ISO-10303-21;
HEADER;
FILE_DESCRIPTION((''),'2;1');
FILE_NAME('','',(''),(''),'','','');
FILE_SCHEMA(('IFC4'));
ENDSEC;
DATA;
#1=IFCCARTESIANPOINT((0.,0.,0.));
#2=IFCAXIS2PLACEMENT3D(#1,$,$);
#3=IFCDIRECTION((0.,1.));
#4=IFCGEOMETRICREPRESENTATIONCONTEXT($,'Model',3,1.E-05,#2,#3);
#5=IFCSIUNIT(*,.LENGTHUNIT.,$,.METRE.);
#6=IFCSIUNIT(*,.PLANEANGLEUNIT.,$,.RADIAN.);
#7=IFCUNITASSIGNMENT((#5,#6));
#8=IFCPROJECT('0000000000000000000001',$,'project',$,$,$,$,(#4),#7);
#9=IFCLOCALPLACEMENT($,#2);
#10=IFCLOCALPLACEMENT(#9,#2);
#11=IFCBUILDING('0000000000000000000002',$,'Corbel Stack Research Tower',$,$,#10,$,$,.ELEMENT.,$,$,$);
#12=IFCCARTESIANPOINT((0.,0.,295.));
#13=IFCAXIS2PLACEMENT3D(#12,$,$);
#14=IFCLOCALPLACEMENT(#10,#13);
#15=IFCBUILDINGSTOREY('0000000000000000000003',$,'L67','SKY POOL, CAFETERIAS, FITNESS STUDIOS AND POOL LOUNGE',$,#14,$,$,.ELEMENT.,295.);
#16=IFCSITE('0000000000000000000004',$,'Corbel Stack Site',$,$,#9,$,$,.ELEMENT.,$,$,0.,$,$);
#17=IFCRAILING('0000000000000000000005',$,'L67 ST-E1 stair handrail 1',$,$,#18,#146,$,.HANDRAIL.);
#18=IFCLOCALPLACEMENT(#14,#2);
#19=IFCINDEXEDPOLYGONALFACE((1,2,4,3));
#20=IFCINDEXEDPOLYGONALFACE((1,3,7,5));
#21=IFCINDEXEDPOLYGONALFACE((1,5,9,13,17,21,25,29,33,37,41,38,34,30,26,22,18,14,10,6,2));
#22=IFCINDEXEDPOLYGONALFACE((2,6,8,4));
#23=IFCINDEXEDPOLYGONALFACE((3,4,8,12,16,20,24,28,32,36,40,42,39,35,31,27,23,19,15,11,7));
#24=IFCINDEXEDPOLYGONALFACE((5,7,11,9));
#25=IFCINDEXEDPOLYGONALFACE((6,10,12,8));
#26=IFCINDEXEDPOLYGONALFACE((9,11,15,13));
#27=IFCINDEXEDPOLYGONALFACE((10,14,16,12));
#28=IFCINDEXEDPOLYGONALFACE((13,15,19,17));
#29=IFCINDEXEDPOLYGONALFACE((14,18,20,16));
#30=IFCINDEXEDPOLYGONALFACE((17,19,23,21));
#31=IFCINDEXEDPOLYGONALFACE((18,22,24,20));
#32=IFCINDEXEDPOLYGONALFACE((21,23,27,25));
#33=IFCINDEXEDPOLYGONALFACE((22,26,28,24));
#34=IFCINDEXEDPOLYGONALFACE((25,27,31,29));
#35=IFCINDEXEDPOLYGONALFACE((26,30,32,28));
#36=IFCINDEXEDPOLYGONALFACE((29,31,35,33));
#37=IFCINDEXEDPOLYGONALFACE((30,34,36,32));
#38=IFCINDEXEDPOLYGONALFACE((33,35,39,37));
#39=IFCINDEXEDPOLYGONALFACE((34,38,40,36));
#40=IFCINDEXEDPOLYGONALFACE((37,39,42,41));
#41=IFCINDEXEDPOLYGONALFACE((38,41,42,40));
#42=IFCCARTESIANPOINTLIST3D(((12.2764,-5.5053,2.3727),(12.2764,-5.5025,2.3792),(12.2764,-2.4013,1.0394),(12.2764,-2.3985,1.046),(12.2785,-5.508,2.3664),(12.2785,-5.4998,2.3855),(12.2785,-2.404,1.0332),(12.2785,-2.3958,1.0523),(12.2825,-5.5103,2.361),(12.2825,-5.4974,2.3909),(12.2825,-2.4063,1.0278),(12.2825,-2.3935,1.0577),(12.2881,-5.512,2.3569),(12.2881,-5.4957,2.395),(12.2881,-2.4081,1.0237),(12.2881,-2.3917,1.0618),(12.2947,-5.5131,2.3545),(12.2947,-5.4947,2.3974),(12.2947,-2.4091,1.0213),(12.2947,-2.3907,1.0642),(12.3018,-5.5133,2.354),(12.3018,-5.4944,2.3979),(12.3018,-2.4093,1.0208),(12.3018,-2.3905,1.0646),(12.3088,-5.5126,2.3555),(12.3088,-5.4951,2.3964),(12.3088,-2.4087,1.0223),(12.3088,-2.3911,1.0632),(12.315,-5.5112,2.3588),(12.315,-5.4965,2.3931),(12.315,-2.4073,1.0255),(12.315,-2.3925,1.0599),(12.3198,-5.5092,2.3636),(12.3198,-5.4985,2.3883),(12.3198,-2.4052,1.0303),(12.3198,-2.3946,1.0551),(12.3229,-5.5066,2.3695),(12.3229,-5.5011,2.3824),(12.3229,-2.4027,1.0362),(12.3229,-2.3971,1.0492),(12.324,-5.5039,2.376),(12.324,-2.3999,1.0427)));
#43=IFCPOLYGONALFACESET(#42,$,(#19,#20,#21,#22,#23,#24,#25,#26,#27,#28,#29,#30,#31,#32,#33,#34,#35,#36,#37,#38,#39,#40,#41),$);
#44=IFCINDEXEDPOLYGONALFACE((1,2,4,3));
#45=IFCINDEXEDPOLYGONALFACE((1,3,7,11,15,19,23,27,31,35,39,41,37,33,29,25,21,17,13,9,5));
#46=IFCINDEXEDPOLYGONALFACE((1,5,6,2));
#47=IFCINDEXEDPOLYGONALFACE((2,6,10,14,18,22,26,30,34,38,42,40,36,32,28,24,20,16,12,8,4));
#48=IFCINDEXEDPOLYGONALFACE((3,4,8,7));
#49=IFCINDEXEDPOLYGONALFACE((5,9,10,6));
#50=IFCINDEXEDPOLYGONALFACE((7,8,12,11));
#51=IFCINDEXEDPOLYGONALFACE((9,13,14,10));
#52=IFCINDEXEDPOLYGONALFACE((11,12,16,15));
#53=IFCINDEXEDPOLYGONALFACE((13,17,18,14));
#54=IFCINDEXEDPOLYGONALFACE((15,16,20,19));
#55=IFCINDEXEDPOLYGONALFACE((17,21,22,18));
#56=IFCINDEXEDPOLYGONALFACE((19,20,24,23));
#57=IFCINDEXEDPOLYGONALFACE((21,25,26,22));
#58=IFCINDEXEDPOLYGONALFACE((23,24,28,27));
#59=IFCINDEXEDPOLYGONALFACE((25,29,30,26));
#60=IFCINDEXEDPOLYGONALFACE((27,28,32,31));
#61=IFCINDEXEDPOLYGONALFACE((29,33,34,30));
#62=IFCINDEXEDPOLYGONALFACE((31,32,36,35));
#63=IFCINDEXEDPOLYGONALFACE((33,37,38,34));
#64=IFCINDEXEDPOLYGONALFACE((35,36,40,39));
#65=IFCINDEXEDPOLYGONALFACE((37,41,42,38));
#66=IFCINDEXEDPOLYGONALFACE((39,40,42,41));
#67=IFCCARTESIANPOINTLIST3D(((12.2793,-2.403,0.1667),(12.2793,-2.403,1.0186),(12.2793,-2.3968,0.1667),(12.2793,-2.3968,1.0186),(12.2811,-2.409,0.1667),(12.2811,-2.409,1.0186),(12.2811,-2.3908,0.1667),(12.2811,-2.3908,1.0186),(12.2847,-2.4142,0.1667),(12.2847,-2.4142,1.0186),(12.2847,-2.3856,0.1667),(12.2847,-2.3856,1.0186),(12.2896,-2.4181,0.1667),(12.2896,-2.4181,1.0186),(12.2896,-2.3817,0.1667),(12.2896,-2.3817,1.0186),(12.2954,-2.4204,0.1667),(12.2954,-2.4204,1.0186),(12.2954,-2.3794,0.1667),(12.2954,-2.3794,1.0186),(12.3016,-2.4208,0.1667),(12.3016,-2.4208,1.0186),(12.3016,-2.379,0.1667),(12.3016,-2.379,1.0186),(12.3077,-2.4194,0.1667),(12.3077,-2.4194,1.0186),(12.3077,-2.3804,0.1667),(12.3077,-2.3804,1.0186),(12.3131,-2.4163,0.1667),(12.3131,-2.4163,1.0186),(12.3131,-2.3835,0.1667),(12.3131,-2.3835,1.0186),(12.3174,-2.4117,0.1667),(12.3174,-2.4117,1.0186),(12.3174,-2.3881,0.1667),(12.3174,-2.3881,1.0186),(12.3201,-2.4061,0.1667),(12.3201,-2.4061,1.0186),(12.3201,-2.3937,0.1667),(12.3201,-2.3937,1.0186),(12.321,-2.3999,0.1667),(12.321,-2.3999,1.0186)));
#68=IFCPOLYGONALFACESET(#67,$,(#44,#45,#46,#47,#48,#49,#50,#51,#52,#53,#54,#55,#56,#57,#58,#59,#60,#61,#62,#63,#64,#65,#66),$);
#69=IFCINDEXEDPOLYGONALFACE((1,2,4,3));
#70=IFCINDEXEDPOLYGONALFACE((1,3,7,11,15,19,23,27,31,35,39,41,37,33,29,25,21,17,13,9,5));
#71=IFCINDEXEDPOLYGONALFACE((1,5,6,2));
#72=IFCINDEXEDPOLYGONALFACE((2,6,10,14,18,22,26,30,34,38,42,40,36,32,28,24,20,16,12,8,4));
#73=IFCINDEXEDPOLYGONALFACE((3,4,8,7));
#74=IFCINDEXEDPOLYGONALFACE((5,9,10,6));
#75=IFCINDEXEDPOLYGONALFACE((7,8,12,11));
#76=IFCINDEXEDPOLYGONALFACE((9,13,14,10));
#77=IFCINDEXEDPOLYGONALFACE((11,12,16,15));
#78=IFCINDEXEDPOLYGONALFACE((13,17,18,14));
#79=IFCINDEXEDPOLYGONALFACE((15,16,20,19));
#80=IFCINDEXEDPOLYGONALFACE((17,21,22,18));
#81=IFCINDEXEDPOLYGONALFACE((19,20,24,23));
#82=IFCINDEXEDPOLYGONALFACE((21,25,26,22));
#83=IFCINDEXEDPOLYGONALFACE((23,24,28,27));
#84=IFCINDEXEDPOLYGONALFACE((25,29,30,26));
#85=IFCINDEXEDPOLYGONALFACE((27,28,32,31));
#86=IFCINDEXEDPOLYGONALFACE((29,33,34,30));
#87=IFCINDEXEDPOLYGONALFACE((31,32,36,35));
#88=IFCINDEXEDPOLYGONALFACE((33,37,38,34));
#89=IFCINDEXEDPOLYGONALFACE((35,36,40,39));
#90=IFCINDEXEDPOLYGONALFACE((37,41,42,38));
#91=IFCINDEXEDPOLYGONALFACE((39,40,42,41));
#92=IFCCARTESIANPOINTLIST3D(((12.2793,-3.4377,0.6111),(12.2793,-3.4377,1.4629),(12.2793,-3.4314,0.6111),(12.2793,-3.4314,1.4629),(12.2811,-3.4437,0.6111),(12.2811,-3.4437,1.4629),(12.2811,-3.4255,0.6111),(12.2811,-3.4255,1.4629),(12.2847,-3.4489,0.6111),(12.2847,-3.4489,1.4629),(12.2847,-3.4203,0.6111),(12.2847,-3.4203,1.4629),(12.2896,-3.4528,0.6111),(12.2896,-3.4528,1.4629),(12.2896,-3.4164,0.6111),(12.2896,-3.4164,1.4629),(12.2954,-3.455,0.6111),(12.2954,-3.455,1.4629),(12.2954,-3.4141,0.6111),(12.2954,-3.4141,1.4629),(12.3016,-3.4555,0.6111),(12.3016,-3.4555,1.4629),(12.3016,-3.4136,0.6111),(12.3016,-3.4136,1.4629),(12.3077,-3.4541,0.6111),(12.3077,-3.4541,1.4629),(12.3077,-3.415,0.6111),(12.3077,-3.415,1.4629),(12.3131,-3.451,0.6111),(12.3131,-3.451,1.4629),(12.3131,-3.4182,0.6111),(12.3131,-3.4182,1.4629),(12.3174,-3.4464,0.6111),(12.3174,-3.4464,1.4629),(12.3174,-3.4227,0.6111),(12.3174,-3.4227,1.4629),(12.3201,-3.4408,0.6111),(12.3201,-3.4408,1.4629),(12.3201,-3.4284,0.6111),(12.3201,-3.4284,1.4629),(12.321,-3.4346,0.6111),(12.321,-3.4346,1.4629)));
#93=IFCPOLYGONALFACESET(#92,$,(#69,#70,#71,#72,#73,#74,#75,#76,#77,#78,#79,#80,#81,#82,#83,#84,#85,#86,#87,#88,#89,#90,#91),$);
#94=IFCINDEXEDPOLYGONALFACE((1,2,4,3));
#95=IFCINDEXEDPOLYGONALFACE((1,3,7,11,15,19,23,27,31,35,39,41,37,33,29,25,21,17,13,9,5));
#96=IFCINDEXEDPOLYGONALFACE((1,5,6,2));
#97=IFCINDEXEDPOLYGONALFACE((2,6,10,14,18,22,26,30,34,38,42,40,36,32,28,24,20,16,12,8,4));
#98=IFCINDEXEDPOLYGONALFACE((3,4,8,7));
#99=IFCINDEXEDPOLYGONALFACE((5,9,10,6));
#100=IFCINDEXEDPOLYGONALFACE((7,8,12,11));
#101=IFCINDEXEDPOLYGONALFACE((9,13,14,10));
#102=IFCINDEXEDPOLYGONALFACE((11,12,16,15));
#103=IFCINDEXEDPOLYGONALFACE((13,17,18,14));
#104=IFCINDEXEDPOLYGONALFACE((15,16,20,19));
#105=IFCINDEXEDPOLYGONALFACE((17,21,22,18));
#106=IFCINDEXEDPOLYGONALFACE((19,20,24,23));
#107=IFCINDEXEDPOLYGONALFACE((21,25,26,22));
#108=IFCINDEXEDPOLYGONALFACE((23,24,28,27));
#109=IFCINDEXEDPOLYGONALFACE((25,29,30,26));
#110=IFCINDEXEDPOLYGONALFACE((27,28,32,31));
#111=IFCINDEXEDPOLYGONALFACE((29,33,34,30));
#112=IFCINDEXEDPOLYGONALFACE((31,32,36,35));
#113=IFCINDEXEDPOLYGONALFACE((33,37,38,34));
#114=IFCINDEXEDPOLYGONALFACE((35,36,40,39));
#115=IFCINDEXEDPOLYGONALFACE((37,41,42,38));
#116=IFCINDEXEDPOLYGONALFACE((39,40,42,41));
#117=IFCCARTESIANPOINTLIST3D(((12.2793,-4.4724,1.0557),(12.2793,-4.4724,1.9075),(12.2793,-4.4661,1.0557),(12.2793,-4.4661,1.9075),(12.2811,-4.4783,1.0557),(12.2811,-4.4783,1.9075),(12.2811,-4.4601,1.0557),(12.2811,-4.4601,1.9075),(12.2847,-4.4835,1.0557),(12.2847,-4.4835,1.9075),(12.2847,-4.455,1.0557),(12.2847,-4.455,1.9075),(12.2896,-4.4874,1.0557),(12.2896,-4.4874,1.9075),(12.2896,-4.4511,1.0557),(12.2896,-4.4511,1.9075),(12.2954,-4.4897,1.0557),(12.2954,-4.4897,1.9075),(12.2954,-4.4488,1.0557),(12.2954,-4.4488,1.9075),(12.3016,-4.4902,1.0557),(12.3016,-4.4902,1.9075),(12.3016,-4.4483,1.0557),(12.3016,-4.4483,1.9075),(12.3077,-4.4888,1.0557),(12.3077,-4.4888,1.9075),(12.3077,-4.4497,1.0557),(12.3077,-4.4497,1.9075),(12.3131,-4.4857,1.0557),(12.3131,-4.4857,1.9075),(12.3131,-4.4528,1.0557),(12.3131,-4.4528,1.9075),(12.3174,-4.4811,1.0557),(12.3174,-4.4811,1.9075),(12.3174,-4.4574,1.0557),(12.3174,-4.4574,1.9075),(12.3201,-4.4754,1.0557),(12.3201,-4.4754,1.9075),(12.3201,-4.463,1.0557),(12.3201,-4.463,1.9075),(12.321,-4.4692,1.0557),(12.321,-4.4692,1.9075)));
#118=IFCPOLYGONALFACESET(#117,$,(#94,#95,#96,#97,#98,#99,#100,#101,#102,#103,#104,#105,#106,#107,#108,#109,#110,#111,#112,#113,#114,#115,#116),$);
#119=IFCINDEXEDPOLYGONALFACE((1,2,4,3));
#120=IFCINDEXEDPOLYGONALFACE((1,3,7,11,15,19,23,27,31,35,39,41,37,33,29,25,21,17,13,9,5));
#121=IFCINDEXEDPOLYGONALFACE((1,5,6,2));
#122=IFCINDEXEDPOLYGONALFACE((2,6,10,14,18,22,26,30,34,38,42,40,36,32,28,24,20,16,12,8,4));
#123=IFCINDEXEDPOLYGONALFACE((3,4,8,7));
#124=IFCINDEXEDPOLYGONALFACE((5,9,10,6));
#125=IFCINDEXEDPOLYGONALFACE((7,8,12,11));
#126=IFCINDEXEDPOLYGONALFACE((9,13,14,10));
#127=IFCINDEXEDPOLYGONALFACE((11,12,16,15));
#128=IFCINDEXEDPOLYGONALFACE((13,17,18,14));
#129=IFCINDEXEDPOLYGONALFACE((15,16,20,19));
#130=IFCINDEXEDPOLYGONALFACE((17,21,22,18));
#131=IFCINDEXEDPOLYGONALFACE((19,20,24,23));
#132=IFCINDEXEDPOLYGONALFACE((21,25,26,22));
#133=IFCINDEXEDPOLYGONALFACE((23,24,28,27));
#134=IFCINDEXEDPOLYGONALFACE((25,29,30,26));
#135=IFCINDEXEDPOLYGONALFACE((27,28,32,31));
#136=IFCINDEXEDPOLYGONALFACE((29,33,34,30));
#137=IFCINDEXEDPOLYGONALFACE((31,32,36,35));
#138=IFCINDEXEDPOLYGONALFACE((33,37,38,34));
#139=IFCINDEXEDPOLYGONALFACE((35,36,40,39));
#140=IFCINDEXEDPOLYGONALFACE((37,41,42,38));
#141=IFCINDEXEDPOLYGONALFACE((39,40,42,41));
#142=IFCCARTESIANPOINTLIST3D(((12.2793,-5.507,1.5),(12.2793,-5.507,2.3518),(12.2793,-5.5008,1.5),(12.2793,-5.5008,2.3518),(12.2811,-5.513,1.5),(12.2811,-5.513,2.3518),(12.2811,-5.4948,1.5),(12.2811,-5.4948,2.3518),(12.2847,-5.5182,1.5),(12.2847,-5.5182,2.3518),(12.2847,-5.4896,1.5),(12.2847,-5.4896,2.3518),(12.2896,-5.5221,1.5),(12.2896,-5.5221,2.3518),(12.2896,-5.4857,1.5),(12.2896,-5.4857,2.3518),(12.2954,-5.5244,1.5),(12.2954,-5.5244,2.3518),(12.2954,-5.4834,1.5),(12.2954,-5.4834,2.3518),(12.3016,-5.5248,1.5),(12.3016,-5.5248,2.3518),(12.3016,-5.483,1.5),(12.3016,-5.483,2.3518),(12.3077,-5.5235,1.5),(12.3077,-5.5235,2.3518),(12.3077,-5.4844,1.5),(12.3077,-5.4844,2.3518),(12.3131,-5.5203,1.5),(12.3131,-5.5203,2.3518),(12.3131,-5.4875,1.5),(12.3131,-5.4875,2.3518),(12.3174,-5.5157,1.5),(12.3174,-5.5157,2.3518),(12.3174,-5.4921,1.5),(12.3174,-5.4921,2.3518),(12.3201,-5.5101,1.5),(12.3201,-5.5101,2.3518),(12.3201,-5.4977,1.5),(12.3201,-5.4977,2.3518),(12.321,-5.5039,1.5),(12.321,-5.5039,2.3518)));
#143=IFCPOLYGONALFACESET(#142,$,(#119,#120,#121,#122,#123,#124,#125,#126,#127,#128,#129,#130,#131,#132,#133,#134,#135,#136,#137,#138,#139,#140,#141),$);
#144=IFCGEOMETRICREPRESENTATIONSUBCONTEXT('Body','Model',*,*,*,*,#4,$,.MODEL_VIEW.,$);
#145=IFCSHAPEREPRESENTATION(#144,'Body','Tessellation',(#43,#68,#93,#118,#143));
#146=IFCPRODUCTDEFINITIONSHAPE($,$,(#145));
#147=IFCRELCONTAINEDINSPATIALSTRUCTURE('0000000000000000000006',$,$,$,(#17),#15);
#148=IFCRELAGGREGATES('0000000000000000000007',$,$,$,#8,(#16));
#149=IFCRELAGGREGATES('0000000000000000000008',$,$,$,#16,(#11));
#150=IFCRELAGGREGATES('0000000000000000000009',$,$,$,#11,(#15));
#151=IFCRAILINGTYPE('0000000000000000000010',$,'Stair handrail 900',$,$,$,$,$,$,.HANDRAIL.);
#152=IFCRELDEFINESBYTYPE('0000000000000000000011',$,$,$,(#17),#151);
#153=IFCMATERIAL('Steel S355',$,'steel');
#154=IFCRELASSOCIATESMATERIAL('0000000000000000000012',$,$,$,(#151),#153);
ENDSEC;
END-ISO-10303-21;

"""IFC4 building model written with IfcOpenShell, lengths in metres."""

from ifc_helpers import new_model, si_unit, direction, frame, origin, origin_2d, place, context, subcontext, project, spatial, circle, extrude, material, type_object, element, save


model = new_model("IFC4")

# Units and contexts
model_context = context("Model", 3, precision=1e-05, world=origin(), true_north=direction((0.0, 1.0)))
body_context = subcontext(model_context, "Body", "Model", "MODEL_VIEW")
ifc_project = project(units=[si_unit("LENGTHUNIT", "METRE"), si_unit("PLANEANGLEUNIT", "RADIAN")], contexts=[model_context])

# Site, building, storey
site_placement = place(None, origin())
site = spatial("IfcSite", under=ifc_project, at=site_placement, Name="Corbel Stack Site", CompositionType="ELEMENT", RefElevation=0.0)
building_placement = place(site_placement, origin())
building = spatial("IfcBuilding", under=site, at=building_placement, Name="Corbel Stack Research Tower", CompositionType="ELEMENT")
storey_placement = place(building_placement, frame((0.0, 0.0, 295.0)))
storey = spatial("IfcBuildingStorey", under=building, at=storey_placement, Name="L67", Description="SKY POOL, CAFETERIAS, FITNESS STUDIOS AND POOL LOUNGE", CompositionType="ELEMENT", Elevation=295.0)

# Railing
ifc_material_1 = material(Name="Steel S355", Category="steel")
railing_type_1 = type_object("IfcRailingType", Name="Stair handrail 900", PredefinedType="HANDRAIL", material=ifc_material_1)
for number, where, name in (
    (1, (12.3, -2.3999, 0.1667), "L67 ST-E1 stair handrail 1"),
):
    element("IfcRailing", number, at=place(storey_placement, frame(where)), inside=storey, type_object=railing_type_1, Name=name, PredefinedType="HANDRAIL", context=body_context, shape_type="SweptSolid", body=[
        extrude(circle(Radius=0.0239, at=origin_2d()), frame((0.0, 0.0, 0.876), z_axis=(0.0, -0.918827, 0.394661), x_axis=(1.0, 0.0, 0.0)), (0.0, 0.0, 1.0), 3.3782),
        extrude(circle(Radius=0.021, at=origin_2d()), origin(), (0.0, 0.0, 1.0), 0.8518),
        extrude(circle(Radius=0.021, at=origin_2d()), frame((0.0, -1.0347, 0.4443)), (0.0, 0.0, 1.0), 0.8518),
        extrude(circle(Radius=0.021, at=origin_2d()), frame((0.0, -2.0693, 0.8889)), (0.0, 0.0, 1.0), 0.8518),
        extrude(circle(Radius=0.021, at=origin_2d()), frame((0.0, -3.104, 1.3333)), (0.0, 0.0, 1.0), 0.8518),
    ])

save(model, "model.ifc")
